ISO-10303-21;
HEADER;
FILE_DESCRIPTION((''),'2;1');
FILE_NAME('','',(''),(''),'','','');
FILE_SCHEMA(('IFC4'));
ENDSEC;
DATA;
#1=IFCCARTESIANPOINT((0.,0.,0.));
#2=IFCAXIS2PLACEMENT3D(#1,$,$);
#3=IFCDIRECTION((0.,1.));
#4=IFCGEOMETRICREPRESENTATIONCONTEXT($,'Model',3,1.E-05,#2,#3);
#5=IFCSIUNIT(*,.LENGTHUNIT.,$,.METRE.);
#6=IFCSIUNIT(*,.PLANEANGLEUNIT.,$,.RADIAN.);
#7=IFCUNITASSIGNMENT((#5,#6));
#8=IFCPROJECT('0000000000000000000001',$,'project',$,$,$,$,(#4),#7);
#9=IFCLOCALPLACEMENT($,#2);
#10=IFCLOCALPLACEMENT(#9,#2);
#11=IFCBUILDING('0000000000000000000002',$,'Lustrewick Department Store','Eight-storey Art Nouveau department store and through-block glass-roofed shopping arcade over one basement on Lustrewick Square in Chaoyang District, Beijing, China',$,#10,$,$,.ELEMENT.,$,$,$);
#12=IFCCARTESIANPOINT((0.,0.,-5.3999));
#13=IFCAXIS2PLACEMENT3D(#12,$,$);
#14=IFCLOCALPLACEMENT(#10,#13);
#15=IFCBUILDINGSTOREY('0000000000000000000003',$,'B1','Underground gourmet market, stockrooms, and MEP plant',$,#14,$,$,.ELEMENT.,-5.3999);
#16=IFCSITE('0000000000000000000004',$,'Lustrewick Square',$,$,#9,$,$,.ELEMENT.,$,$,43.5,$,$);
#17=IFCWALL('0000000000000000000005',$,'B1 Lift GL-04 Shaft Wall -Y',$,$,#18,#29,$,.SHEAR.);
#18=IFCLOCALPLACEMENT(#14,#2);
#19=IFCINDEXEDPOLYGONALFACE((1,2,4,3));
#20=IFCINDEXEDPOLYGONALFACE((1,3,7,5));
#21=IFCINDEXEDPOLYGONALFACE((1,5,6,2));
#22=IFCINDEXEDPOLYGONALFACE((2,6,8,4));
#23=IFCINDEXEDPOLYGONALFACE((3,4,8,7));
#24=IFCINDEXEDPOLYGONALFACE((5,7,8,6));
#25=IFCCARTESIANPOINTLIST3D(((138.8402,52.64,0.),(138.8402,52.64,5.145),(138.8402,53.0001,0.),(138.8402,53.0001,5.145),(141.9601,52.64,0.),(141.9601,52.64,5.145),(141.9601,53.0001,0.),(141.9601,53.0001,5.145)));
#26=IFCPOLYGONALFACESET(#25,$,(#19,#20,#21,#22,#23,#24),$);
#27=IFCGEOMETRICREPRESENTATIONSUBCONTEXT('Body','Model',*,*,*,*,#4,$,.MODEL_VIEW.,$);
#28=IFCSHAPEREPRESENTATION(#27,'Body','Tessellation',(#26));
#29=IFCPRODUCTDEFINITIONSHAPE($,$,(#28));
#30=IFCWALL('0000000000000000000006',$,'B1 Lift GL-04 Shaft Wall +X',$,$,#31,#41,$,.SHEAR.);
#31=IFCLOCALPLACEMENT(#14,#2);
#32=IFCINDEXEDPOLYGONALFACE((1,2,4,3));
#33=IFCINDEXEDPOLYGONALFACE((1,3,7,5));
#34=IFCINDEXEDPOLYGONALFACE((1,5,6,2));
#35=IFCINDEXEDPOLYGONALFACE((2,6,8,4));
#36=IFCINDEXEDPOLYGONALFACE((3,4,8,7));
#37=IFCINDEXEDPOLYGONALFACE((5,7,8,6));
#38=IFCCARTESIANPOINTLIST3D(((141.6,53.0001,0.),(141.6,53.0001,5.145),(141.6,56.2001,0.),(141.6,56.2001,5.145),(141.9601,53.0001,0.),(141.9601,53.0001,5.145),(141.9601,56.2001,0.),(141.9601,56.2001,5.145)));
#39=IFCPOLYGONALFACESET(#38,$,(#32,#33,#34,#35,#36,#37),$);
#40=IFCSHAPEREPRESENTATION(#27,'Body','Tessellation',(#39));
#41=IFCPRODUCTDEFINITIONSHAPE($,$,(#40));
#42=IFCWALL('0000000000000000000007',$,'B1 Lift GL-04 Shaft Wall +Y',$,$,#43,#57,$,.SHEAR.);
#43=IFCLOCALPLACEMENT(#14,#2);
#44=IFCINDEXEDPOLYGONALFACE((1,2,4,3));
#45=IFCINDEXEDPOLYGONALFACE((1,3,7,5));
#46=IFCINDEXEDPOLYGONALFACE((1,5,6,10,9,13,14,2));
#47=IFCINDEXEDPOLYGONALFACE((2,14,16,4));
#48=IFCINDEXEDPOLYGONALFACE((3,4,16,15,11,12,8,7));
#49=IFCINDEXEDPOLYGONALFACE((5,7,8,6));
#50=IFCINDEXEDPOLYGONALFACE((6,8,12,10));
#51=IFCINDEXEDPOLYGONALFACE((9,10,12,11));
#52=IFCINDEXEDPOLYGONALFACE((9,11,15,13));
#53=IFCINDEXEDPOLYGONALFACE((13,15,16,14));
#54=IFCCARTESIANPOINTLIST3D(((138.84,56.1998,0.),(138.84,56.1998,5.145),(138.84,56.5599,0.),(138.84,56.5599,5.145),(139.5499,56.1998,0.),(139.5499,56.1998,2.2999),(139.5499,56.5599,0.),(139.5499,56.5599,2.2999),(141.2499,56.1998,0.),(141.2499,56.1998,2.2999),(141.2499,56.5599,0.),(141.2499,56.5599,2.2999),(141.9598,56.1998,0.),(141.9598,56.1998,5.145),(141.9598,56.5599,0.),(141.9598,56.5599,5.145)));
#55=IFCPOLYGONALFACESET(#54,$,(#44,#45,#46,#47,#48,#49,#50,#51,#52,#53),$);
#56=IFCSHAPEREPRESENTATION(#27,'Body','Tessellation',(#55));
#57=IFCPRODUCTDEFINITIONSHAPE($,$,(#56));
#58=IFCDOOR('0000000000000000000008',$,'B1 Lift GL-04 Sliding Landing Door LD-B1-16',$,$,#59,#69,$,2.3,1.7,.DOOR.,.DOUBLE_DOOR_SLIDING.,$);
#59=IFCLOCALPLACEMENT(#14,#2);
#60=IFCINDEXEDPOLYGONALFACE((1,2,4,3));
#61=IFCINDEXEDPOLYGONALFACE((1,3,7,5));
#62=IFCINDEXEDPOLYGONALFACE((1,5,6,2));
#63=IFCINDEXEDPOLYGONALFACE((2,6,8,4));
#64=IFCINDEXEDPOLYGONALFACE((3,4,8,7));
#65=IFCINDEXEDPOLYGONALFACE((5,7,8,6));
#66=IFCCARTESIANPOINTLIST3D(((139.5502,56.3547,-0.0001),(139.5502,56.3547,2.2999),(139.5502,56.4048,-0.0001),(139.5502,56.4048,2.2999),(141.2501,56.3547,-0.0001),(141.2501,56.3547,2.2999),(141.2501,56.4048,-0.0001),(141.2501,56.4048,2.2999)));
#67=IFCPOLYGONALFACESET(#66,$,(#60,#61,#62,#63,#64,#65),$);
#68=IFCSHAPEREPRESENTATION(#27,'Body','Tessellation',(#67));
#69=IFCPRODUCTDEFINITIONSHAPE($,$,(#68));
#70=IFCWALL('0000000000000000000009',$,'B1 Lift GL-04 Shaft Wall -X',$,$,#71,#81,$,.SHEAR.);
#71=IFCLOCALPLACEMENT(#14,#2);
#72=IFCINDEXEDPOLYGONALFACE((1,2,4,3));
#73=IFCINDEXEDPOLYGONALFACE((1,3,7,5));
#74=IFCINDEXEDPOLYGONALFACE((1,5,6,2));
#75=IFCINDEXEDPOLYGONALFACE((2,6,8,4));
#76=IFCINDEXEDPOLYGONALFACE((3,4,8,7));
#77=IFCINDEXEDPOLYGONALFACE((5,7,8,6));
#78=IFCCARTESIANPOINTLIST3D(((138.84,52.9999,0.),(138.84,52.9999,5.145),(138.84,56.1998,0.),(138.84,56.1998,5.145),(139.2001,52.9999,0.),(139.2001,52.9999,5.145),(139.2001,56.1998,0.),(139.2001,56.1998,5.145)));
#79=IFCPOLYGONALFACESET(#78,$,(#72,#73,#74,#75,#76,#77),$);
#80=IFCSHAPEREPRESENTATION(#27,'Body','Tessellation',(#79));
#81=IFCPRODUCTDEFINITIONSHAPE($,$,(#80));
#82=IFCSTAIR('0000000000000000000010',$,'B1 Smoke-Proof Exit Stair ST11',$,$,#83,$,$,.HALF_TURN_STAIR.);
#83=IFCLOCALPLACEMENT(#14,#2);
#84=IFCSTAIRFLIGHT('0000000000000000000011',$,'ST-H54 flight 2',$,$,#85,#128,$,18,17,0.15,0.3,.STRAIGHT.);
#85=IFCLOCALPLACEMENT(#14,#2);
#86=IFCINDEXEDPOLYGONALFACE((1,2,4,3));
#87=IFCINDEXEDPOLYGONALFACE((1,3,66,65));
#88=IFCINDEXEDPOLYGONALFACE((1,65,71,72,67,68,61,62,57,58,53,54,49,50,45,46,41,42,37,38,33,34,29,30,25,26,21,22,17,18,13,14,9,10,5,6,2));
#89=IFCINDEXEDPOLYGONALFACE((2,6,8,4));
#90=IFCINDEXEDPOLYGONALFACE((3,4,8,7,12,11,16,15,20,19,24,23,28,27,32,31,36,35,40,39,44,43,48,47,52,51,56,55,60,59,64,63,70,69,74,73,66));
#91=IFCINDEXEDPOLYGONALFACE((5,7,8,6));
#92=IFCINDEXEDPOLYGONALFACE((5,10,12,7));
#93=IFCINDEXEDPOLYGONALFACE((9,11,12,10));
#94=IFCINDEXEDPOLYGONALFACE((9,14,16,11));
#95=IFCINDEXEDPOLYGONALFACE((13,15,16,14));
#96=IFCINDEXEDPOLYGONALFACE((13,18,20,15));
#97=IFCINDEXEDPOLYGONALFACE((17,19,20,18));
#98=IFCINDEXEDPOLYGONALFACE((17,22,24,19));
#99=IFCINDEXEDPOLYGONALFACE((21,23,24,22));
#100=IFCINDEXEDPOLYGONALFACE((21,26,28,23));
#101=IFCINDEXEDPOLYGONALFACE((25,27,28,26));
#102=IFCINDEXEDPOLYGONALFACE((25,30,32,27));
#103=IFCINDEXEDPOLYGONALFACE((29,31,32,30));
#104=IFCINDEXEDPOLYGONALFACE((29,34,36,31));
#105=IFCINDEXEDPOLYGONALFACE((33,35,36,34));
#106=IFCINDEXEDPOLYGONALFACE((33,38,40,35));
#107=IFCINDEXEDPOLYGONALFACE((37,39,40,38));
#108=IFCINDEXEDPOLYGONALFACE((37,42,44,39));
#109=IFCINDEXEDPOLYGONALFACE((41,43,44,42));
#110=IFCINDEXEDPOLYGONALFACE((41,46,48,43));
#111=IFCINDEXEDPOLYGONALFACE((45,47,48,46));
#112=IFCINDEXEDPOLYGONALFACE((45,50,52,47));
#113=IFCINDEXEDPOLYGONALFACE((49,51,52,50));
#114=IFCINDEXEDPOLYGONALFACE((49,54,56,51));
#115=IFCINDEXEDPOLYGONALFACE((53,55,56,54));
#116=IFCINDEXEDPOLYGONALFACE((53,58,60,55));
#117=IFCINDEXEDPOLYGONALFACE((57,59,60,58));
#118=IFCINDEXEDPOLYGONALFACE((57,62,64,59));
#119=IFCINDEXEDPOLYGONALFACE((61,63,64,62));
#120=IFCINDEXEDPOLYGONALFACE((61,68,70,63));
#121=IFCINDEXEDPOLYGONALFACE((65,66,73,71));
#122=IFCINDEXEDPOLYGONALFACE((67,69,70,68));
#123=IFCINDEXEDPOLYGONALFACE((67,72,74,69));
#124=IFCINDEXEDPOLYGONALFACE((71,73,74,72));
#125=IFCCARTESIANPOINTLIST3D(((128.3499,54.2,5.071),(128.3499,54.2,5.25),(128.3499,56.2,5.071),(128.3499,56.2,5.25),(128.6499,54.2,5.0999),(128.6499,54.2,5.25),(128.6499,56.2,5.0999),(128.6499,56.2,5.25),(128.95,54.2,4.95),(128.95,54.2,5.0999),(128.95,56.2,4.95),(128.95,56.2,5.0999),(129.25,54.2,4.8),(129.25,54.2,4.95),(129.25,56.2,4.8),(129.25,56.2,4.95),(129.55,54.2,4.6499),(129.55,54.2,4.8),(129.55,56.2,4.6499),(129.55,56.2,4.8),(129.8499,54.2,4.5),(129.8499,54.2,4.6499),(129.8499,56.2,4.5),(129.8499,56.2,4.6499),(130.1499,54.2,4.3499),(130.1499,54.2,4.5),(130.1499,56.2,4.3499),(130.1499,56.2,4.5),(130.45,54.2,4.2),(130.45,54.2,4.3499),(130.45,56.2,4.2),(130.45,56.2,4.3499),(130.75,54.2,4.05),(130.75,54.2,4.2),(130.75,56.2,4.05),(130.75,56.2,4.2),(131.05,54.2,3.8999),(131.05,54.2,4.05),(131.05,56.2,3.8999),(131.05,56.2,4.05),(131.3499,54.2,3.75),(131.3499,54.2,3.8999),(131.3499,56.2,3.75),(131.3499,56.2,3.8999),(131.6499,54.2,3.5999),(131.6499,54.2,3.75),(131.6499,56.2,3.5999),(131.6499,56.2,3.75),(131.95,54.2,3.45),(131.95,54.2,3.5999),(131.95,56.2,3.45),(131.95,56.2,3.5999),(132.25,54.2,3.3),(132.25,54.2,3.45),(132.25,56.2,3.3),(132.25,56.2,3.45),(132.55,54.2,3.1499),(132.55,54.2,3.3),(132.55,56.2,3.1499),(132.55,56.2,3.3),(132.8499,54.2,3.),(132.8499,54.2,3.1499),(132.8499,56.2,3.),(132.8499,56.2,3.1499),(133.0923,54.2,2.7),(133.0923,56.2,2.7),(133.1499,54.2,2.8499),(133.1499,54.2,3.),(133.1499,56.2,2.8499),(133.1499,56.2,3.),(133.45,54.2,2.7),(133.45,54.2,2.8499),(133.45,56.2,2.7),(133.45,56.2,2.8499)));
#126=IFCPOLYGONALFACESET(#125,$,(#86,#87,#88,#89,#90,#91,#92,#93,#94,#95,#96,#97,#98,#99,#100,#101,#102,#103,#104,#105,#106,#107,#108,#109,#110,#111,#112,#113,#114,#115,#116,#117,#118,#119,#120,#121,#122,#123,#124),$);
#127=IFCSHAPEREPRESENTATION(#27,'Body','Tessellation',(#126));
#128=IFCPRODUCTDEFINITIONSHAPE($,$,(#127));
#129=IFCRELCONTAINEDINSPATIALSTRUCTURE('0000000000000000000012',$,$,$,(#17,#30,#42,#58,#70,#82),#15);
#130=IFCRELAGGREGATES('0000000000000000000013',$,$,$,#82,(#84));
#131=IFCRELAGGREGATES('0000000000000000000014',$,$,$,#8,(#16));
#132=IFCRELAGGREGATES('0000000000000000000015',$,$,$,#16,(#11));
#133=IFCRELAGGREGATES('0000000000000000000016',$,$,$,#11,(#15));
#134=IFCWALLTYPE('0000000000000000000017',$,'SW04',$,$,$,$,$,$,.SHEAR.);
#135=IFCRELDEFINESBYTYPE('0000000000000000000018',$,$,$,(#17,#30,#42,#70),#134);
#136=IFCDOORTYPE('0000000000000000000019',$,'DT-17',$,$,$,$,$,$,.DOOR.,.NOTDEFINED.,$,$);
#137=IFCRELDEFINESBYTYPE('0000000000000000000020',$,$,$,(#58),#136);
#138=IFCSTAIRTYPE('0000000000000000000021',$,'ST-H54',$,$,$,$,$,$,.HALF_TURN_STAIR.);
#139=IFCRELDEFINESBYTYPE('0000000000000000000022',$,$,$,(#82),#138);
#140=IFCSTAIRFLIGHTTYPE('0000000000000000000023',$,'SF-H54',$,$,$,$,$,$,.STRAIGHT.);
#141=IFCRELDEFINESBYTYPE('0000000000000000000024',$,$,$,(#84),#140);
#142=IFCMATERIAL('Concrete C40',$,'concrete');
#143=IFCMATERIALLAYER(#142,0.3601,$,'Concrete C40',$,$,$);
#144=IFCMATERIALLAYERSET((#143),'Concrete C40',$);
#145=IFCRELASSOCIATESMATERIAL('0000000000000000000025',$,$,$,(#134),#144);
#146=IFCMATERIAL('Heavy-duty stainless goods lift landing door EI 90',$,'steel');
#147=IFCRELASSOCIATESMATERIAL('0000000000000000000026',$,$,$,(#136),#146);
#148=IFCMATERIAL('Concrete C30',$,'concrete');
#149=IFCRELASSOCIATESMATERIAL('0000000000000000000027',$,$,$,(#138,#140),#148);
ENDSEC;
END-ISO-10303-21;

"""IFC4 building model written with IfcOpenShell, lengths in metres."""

from ifc_helpers import new_model, si_unit, direction, frame, frame_2d, origin, place, context, subcontext, project, spatial, polyline, rectangle, outline, extrude, material, layer, layer_set, type_object, element, fill, aggregate, save


model = new_model("IFC4")

# Units and contexts
model_context = context("Model", 3, precision=1e-05, world=origin(), true_north=direction((0.0, 1.0)))
body_context = subcontext(model_context, "Body", "Model", "MODEL_VIEW")
ifc_project = project(units=[si_unit("LENGTHUNIT", "METRE"), si_unit("PLANEANGLEUNIT", "RADIAN")], contexts=[model_context])

# Site, building, storey
site_placement = place(None, origin())
site = spatial("IfcSite", under=ifc_project, at=site_placement, Name="Lustrewick Square", CompositionType="ELEMENT", RefElevation=43.5)
building_placement = place(site_placement, origin())
building = spatial("IfcBuilding", under=site, at=building_placement, Name="Lustrewick Department Store", Description="Eight-storey Art Nouveau department store and through-block glass-roofed shopping arcade over one basement on Lustrewick Square in Chaoyang District, Beijing, China", CompositionType="ELEMENT")
storey_placement = place(building_placement, frame((0.0, 0.0, -5.3999)))
storey = spatial("IfcBuildingStorey", under=building, at=storey_placement, Name="B1", Description="Underground gourmet market, stockrooms, and MEP plant", CompositionType="ELEMENT", Elevation=-5.3999)

# Shared definitions
ifc_material_1 = material(Name="Concrete C40", Category="concrete")

# Walls
ifc_layer_1 = layer(ifc_material_1, 0.3601, Name="Concrete C40")
ifc_layer_set_1 = layer_set([ifc_layer_1], Name="Concrete C40")
wall_type_1 = type_object("IfcWallType", Name="SW04", PredefinedType="SHEAR", material=ifc_layer_set_1)
wall_1_placement = place(storey_placement, frame((138.8401, 52.8201, 0.0), z_axis=(0.0, 0.0, 1.0), x_axis=(1.0, 0.0, 0.0)))
element("IfcWall", 1, at=wall_1_placement, inside=storey, type_object=wall_type_1, Name="B1 Lift GL-04 Shaft Wall -Y", PredefinedType="SHEAR", context=body_context, shape_type="SweptSolid", body=[
    extrude(rectangle(XDim=3.1199, YDim=0.3601, at=frame_2d((1.5601, 0.0))), origin(), (0.0, 0.0, 1.0), 5.145),
])
wall_2_placement = place(storey_placement, frame((141.78, 53.0, 0.0), z_axis=(0.0, 0.0, 1.0), x_axis=(0.0, 1.0, 0.0)))
element("IfcWall", 2, at=wall_2_placement, inside=storey, type_object=wall_type_1, Name="B1 Lift GL-04 Shaft Wall +X", PredefinedType="SHEAR", context=body_context, shape_type="SweptSolid", body=[
    extrude(rectangle(XDim=3.2, YDim=0.3601, at=frame_2d((1.6001, 0.0))), origin(), (0.0, 0.0, 1.0), 5.145),
])

# Wall, opening, door
wall_3_placement = place(storey_placement, frame((141.96, 56.3799, 0.0), z_axis=(0.0, 0.0, 1.0), x_axis=(-1.0, 0.0, 0.0)))
wall_3 = element("IfcWall", 3, at=wall_3_placement, inside=storey, type_object=wall_type_1, Name="B1 Lift GL-04 Shaft Wall +Y", PredefinedType="SHEAR", context=body_context, shape_type="SweptSolid", body=[
    extrude(rectangle(XDim=3.1199, YDim=0.3601, at=frame_2d((1.5601, 0.0))), origin(), (0.0, 0.0, 1.0), 5.145),
])
opening_placement = place(wall_3_placement, frame((0.71, 0.0, 0.0)))
opening = element("IfcOpeningElement", 4, at=opening_placement, cuts=wall_3, PredefinedType="OPENING", context=body_context, shape_type="SweptSolid", body=[
    extrude(rectangle(XDim=1.7, YDim=2.3, at=frame_2d((0.8501, 1.1499))), frame((0.0, 0.1899, 0.0), z_axis=(0.0, -1.0, 0.0), x_axis=(1.0, 0.0, 0.0)), (0.0, 0.0, 1.0), 0.3801),
])
ifc_material_2 = material(Name="Heavy-duty stainless goods lift landing door EI 90", Category="steel")
door_type = type_object("IfcDoorType", Name="DT-17", OperationType="NOTDEFINED", PredefinedType="DOOR", material=ifc_material_2)
door_placement = place(opening_placement, frame((1.7, 0.0, 0.0), z_axis=(0.0, 0.0, 1.0), x_axis=(-1.0, 0.0, 0.0)))
door = element("IfcDoor", 5, at=door_placement, inside=storey, type_object=door_type, Name="B1 Lift GL-04 Sliding Landing Door LD-B1-16", OperationType="DOUBLE_DOOR_SLIDING", OverallHeight=2.3, OverallWidth=1.7, PredefinedType="DOOR", context=body_context, shape_type="SweptSolid", body=[
    extrude(rectangle(XDim=1.7, YDim=2.3, at=frame_2d((0.8501, 1.1499))), frame((0.0, 0.0249, 0.0), z_axis=(0.0, -1.0, 0.0), x_axis=(1.0, 0.0, 0.0)), (0.0, 0.0, 1.0), 0.05),
])
fill(opening, door)

# Wall
wall_4_placement = place(storey_placement, frame((139.02, 56.2, 0.0), z_axis=(0.0, 0.0, 1.0), x_axis=(0.0, -1.0, 0.0)))
element("IfcWall", 6, at=wall_4_placement, inside=storey, type_object=wall_type_1, Name="B1 Lift GL-04 Shaft Wall -X", PredefinedType="SHEAR", context=body_context, shape_type="SweptSolid", body=[
    extrude(rectangle(XDim=3.2, YDim=0.3601, at=frame_2d((1.6001, 0.0))), origin(), (0.0, 0.0, 1.0), 5.145),
])

# Stair, stair flight
ifc_material_3 = material(Name="Concrete C30", Category="concrete")
stair_type = type_object("IfcStairType", Name="ST-H54", PredefinedType="HALF_TURN_STAIR", material=ifc_material_3)
stair_placement = place(storey_placement, origin())
stair = element("IfcStair", 7, at=stair_placement, inside=storey, type_object=stair_type, Name="B1 Smoke-Proof Exit Stair ST11", PredefinedType="HALF_TURN_STAIR")
stair_flight_type = type_object("IfcStairFlightType", Name="SF-H54", PredefinedType="STRAIGHT", material=ifc_material_3)
stair_flight_placement = place(storey_placement, frame((133.45, 55.2, 2.7), z_axis=(0.0, 0.0, 1.0), x_axis=(-1.0, 0.0, 0.0)))
stair_flight = element("IfcStairFlight", 8, at=stair_flight_placement, type_object=stair_flight_type, Name="ST-H54 flight 2", NumberOfRisers=18, NumberOfTreads=17, PredefinedType="STRAIGHT", RiserHeight=0.15, TreadLength=0.3, context=body_context, shape_type="SweptSolid", body=[
    extrude(outline(polyline([(0.0, 0.0), (0.0, 0.1499), (0.3, 0.1499), (0.3, 0.3), (0.6001, 0.3), (0.6001, 0.45), (0.8999, 0.45), (0.8999, 0.6001), (1.2, 0.6001), (1.2, 0.75), (1.5, 0.75), (1.5, 0.8999), (1.8, 0.8999), (1.8, 1.05), (2.1001, 1.05), (2.1001, 1.2), (2.3999, 1.2), (2.3999, 1.3501), (2.7, 1.3501), (2.7, 1.5), (3.0, 1.5), (3.0, 1.6499), (3.3, 1.6499), (3.3, 1.8), (3.6001, 1.8), (3.6001, 1.95), (3.8999, 1.95), (3.8999, 2.1001), (4.2, 2.1001), (4.2, 2.25), (4.5, 2.25), (4.5, 2.3999), (4.8, 2.3999), (4.8, 2.55), (5.1001, 2.55), (5.1001, 2.7), (5.1001, 2.3711), (0.3577, 0.0), (0.0, 0.0)])), frame((0.0, 1.0, 0.0), z_axis=(0.0, -1.0, 0.0), x_axis=(1.0, 0.0, 0.0)), (0.0, 0.0, 1.0), 2.0),
])
aggregate(stair, [stair_flight])

save(model, "model.ifc")
